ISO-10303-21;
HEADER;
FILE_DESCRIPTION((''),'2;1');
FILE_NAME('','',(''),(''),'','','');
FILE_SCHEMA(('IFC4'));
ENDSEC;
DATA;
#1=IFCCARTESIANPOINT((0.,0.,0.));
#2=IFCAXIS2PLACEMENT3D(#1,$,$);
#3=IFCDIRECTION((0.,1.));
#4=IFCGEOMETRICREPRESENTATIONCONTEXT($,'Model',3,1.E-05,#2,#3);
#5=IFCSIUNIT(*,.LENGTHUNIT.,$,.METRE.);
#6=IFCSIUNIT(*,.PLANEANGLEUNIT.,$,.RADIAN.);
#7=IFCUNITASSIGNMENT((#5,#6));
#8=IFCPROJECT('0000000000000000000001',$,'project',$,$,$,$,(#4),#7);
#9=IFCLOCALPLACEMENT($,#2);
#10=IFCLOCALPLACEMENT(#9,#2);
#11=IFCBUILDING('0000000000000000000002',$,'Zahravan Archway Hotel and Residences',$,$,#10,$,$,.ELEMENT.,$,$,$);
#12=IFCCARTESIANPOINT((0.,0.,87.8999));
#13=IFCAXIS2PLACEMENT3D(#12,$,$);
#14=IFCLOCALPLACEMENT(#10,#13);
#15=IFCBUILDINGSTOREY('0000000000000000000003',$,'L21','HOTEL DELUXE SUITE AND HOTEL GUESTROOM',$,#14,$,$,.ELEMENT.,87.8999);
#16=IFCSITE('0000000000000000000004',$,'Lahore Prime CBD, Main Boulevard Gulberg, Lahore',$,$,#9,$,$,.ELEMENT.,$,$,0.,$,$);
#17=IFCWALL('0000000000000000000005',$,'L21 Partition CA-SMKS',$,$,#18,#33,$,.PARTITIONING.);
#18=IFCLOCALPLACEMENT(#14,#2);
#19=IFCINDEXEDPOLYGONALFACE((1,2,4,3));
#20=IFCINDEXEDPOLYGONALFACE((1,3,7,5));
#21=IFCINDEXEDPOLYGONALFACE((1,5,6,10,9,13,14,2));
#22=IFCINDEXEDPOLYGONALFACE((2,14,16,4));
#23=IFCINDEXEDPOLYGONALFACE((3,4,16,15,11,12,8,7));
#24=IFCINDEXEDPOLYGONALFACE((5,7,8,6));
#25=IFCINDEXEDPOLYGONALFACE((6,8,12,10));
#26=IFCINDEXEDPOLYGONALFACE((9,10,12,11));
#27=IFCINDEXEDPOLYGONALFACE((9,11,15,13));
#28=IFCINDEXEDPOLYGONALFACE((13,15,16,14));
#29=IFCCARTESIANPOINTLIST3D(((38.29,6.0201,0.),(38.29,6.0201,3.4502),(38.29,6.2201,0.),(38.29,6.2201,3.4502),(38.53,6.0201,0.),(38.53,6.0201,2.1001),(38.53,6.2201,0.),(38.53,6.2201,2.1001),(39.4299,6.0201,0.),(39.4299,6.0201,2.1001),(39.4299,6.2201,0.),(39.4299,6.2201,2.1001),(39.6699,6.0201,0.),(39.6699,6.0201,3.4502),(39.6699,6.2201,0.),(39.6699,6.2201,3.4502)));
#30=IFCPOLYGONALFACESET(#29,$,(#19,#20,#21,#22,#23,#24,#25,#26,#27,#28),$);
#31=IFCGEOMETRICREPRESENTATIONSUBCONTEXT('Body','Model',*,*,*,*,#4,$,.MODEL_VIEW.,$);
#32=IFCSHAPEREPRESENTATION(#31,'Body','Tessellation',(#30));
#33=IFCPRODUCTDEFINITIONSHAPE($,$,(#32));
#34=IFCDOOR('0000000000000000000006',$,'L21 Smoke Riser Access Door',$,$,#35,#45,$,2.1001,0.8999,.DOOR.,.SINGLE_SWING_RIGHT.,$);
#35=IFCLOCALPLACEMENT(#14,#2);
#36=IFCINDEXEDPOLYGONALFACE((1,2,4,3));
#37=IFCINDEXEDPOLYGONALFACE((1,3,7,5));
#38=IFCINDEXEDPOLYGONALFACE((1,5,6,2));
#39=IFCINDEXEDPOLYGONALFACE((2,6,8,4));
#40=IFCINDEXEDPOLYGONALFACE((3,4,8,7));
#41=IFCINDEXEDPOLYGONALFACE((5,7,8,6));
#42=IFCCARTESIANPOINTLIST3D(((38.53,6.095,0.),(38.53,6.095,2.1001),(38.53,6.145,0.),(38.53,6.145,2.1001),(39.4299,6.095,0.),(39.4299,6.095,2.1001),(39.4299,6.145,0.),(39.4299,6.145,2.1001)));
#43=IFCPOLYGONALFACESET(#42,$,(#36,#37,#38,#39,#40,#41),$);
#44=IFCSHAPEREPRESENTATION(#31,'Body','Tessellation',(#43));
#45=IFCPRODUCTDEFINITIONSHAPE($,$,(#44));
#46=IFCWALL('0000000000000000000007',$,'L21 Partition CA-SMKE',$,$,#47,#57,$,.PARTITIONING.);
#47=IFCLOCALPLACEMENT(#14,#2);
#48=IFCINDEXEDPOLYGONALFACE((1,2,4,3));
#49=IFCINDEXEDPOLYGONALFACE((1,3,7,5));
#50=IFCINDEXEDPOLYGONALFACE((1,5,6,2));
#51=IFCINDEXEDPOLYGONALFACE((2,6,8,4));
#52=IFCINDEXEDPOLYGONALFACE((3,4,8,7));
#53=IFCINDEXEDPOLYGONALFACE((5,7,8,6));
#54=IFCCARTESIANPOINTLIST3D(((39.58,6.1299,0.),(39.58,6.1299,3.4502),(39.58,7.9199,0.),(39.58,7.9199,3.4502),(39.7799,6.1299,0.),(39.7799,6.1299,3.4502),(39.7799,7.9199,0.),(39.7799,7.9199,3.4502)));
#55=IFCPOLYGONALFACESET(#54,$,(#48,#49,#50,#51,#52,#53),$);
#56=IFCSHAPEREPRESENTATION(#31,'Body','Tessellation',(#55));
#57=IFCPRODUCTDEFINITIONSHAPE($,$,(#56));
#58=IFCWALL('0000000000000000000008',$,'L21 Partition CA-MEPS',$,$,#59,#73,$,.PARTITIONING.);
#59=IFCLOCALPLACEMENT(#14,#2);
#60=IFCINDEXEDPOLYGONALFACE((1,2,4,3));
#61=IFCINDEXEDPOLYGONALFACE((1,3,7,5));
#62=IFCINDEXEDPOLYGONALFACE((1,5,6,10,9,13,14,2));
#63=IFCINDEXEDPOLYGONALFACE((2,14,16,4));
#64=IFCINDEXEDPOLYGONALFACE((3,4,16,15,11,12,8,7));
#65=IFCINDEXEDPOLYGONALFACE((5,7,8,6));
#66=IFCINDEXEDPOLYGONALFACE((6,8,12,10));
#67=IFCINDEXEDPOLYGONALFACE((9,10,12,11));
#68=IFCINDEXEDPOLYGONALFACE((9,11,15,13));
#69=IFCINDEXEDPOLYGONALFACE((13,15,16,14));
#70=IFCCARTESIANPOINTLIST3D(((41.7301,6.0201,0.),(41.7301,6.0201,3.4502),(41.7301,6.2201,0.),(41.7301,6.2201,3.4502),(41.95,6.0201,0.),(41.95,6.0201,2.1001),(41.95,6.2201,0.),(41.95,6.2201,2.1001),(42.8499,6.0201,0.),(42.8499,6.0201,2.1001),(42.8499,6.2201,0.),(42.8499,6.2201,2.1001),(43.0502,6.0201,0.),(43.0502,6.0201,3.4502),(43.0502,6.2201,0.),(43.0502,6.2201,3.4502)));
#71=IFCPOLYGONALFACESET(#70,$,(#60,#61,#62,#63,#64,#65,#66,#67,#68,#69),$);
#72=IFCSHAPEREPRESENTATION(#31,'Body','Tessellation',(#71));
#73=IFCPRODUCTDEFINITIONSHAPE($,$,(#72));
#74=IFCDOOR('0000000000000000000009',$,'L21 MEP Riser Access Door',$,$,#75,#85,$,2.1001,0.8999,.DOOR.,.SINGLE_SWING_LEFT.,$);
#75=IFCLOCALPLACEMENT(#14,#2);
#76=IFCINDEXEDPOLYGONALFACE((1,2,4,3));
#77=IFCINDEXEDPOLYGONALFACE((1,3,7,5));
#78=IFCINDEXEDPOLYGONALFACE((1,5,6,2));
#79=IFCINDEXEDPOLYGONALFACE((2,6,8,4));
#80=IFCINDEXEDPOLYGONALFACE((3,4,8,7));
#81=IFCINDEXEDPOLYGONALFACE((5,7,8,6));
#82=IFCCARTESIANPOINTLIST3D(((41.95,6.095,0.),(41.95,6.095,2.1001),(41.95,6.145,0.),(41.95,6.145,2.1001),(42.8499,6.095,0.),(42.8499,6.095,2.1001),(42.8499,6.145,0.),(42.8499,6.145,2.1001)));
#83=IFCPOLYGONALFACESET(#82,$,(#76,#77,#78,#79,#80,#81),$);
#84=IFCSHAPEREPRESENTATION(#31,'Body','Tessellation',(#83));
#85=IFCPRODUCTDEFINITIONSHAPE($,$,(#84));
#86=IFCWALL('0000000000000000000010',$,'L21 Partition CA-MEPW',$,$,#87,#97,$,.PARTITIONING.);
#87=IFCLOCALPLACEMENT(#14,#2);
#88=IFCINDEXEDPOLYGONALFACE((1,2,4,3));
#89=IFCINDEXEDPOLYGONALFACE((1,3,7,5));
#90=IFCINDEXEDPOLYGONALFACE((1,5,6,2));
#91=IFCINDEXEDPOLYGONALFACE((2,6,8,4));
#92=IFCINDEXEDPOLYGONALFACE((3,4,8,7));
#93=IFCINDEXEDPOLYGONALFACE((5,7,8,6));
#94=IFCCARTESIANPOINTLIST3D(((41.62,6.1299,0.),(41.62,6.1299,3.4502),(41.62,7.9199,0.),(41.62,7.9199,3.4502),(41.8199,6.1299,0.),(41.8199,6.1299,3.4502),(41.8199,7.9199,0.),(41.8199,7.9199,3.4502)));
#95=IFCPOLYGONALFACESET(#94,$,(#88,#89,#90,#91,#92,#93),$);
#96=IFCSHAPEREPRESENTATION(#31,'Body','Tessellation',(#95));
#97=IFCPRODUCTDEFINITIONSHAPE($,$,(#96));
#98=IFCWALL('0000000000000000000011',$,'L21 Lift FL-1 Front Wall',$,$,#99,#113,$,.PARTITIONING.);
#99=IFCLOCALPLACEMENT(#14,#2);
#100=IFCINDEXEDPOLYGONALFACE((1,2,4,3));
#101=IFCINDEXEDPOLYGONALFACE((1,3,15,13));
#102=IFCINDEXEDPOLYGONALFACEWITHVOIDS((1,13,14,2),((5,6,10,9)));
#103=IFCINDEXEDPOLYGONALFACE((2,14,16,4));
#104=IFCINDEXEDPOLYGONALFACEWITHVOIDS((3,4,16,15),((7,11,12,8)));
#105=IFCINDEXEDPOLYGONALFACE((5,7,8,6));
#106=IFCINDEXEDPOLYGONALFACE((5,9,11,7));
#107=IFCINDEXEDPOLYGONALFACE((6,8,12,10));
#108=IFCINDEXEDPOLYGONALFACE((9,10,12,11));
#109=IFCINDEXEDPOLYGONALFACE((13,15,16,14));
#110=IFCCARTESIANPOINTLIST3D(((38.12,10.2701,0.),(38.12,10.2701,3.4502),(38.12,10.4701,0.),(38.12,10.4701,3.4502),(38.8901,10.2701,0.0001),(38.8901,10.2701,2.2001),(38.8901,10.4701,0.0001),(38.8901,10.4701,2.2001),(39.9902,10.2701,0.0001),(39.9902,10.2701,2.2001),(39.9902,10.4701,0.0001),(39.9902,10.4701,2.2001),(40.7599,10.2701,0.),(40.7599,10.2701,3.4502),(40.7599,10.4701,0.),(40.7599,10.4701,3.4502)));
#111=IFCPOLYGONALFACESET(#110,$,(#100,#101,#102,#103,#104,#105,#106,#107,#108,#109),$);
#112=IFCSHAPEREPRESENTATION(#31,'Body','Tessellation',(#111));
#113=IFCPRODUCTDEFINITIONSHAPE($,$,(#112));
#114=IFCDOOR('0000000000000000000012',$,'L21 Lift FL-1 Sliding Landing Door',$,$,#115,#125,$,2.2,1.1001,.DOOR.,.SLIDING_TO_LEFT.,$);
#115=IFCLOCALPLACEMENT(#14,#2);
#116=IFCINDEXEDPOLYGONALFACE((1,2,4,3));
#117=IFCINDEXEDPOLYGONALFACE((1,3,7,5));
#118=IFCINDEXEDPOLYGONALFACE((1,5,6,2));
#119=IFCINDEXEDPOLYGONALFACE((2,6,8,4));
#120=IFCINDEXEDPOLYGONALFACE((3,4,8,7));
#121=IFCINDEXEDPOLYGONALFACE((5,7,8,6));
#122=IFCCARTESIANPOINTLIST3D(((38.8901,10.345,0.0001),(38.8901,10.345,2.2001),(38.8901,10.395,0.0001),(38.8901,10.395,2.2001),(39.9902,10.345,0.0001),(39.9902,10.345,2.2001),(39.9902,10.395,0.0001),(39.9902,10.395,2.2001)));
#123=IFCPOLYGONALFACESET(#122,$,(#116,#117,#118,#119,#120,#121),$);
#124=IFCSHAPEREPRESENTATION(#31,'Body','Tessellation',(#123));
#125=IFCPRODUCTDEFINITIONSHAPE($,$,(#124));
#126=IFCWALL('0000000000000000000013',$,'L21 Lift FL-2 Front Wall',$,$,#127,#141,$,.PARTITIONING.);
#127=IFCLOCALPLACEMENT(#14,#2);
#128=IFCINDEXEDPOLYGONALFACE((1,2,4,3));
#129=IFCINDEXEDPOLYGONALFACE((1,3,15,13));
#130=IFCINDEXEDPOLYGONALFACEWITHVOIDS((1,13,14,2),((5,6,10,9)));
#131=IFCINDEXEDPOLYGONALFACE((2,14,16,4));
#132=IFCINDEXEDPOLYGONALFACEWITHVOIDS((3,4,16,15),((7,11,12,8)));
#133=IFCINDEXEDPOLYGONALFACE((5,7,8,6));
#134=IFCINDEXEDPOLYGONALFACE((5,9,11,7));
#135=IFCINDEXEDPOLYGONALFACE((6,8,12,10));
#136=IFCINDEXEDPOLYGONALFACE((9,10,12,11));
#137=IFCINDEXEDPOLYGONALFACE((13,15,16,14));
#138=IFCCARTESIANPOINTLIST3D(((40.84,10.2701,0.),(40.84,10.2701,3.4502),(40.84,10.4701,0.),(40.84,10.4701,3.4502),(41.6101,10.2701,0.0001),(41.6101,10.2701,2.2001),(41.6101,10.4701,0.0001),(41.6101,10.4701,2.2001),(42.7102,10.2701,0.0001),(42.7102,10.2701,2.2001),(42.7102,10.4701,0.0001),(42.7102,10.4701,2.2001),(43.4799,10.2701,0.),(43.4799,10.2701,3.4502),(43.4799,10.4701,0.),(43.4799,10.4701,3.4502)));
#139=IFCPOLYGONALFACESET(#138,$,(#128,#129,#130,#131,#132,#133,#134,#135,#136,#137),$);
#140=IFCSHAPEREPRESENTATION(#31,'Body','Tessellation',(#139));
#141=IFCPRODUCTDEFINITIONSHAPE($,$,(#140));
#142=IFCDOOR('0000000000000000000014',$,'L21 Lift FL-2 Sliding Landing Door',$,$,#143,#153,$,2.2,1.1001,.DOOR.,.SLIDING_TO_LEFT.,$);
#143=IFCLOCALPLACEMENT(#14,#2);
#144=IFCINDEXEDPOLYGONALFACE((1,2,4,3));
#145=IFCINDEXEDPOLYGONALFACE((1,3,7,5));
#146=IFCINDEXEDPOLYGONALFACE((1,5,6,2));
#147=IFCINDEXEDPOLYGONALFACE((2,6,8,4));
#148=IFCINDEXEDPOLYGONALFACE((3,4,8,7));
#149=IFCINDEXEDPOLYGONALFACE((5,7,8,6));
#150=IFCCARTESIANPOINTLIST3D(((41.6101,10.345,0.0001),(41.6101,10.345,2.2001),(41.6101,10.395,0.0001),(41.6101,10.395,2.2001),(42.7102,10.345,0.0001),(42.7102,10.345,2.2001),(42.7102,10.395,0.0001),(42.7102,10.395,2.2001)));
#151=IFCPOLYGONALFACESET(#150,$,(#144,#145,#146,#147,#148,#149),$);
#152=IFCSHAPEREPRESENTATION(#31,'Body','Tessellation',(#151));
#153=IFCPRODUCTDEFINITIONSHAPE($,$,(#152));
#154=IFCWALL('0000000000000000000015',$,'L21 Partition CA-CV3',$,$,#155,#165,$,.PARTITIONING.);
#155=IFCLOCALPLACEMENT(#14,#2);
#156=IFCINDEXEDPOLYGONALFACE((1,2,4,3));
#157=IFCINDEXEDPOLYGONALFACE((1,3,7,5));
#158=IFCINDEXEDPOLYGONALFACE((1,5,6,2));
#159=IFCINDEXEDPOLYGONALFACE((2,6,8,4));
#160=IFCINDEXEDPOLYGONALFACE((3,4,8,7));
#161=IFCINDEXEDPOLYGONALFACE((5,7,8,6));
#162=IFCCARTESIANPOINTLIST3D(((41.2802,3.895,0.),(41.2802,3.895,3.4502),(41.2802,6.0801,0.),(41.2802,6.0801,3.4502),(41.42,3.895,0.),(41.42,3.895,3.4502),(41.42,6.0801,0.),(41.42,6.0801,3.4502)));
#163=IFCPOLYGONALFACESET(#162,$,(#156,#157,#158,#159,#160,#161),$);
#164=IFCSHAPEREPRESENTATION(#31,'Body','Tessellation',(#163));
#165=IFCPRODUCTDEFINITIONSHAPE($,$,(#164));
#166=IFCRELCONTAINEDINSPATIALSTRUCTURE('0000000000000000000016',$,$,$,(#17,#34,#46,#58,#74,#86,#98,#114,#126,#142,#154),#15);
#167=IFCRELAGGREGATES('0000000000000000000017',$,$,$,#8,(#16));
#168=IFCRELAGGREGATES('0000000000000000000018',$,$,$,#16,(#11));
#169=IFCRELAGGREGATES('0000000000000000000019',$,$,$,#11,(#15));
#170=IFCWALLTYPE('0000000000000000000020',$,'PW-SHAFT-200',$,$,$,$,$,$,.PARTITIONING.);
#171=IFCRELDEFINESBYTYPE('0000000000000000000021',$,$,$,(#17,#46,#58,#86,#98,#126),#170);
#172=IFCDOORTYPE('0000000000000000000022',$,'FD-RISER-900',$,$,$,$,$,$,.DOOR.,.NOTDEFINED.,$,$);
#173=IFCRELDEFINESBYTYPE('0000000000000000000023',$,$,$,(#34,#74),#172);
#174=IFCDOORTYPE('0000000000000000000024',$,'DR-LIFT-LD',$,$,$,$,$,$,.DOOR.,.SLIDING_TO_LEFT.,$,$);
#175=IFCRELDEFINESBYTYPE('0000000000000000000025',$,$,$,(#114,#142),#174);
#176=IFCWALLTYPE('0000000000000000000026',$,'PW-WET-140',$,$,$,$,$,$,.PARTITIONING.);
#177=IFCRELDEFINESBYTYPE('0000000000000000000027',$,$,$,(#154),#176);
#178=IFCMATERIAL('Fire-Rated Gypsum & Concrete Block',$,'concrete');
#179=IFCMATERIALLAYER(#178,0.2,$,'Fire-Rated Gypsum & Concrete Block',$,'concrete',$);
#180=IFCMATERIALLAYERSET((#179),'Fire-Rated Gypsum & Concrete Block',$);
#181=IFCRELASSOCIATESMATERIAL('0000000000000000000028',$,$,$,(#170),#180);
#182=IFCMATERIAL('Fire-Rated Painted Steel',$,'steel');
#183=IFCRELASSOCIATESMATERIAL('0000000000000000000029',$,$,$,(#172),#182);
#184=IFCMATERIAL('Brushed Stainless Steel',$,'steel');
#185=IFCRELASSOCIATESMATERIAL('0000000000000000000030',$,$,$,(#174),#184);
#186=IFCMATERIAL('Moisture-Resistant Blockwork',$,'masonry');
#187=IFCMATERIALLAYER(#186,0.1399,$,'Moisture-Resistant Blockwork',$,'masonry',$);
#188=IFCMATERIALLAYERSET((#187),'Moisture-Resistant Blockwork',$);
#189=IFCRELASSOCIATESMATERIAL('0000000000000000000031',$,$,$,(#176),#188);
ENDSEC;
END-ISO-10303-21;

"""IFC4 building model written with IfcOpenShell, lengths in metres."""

from ifc_helpers import new_model, si_unit, direction, frame, frame_2d, origin, place, context, subcontext, project, spatial, rectangle, extrude, source, transform, mapped, material, layer, layer_set, type_object, type_shapes, element, fill, save


model = new_model("IFC4")

# Units and contexts
model_context = context("Model", 3, precision=1e-05, world=origin(), true_north=direction((0.0, 1.0)))
body_context = subcontext(model_context, "Body", "Model", "MODEL_VIEW")
ifc_project = project(units=[si_unit("LENGTHUNIT", "METRE"), si_unit("PLANEANGLEUNIT", "RADIAN")], contexts=[model_context])

# Site, building, storey
site_placement = place(None, origin())
site = spatial("IfcSite", under=ifc_project, at=site_placement, Name="Lahore Prime CBD, Main Boulevard Gulberg, Lahore", CompositionType="ELEMENT", RefElevation=0.0)
building_placement = place(site_placement, origin())
building = spatial("IfcBuilding", under=site, at=building_placement, Name="Zahravan Archway Hotel and Residences", CompositionType="ELEMENT")
storey_placement = place(building_placement, frame((0.0, 0.0, 87.8999)))
storey = spatial("IfcBuildingStorey", under=building, at=storey_placement, Name="L21", Description="HOTEL DELUXE SUITE AND HOTEL GUESTROOM", CompositionType="ELEMENT", Elevation=87.8999)

# Shared definitions
ifc_material_1 = material(Name="Fire-Rated Gypsum & Concrete Block", Category="concrete")
ifc_layer_1 = layer(ifc_material_1, 0.2, Name="Fire-Rated Gypsum & Concrete Block", Category="concrete")
ifc_layer_set_1 = layer_set([ifc_layer_1], Name="Fire-Rated Gypsum & Concrete Block")
wall_type_1 = type_object("IfcWallType", Name="PW-SHAFT-200", PredefinedType="PARTITIONING", material=ifc_layer_set_1)

# Wall, opening, door
wall_1_placement = place(storey_placement, frame((38.29, 6.1201, 0.0), z_axis=(0.0, 0.0, 1.0), x_axis=(1.0, 0.0, 0.0)))
wall_1 = element("IfcWall", 1, at=wall_1_placement, inside=storey, type_object=wall_type_1, Name="L21 Partition CA-SMKS", PredefinedType="PARTITIONING", context=body_context, shape_type="SweptSolid", body=[
    extrude(rectangle(XDim=1.3799, YDim=0.2, at=frame_2d((0.6899, 0.0))), origin(), (0.0, 0.0, 1.0), 3.4502),
])
opening_1_placement = place(wall_1_placement, frame((0.24, 0.0, 0.0)))
opening_1 = element("IfcOpeningElement", 2, at=opening_1_placement, cuts=wall_1, PredefinedType="OPENING", context=body_context, shape_type="SweptSolid", body=[
    extrude(rectangle(XDim=0.8999, YDim=2.1001, at=frame_2d((0.45, 1.05))), frame((0.0, 0.1099, 0.0), z_axis=(0.0, -1.0, 0.0), x_axis=(1.0, 0.0, 0.0)), (0.0, 0.0, 1.0), 0.22),
])
ifc_material_2 = material(Name="Fire-Rated Painted Steel", Category="steel")
door_type_1 = type_object("IfcDoorType", Name="FD-RISER-900", OperationType="NOTDEFINED", PredefinedType="DOOR", material=ifc_material_2)
shared_shape_1 = source(origin(), body_context, "Body", "SweptSolid", [
    extrude(rectangle(XDim=0.8999, YDim=2.1001, at=frame_2d((0.45, 1.05))), frame((0.0, 0.0249, 0.0), z_axis=(0.0, -1.0, 0.0), x_axis=(1.0, 0.0, 0.0)), (0.0, 0.0, 1.0), 0.05),
])
type_shapes(door_type_1, [shared_shape_1])
door_1_placement = place(opening_1_placement, origin())
door_1 = element("IfcDoor", 3, at=door_1_placement, inside=storey, type_object=door_type_1, Name="L21 Smoke Riser Access Door", OperationType="SINGLE_SWING_RIGHT", OverallHeight=2.1001, OverallWidth=0.8999, PredefinedType="DOOR", context=body_context, shape_type="MappedRepresentation", body=[
    mapped(shared_shape_1, transform((0.0, 0.0, 0.0), scale=1.0)),
])
fill(opening_1, door_1)

# Wall
wall_2_placement = place(storey_placement, frame((39.6799, 6.1299, 0.0), z_axis=(0.0, 0.0, 1.0), x_axis=(0.0, 1.0, 0.0)))
element("IfcWall", 4, at=wall_2_placement, inside=storey, type_object=wall_type_1, Name="L21 Partition CA-SMKE", PredefinedType="PARTITIONING", context=body_context, shape_type="SweptSolid", body=[
    extrude(rectangle(XDim=1.79, YDim=0.2, at=frame_2d((0.895, 0.0))), origin(), (0.0, 0.0, 1.0), 3.4502),
])

# Wall, opening, door
wall_3_placement = place(storey_placement, frame((41.73, 6.1201, 0.0), z_axis=(0.0, 0.0, 1.0), x_axis=(1.0, 0.0, 0.0)))
wall_3 = element("IfcWall", 5, at=wall_3_placement, inside=storey, type_object=wall_type_1, Name="L21 Partition CA-MEPS", PredefinedType="PARTITIONING", context=body_context, shape_type="SweptSolid", body=[
    extrude(rectangle(XDim=1.3201, YDim=0.2, at=frame_2d((0.6602, 0.0))), origin(), (0.0, 0.0, 1.0), 3.4502),
])
opening_2_placement = place(wall_3_placement, frame((0.22, 0.0, 0.0)))
opening_2 = element("IfcOpeningElement", 6, at=opening_2_placement, cuts=wall_3, PredefinedType="OPENING", context=body_context, shape_type="SweptSolid", body=[
    extrude(rectangle(XDim=0.8999, YDim=2.1001, at=frame_2d((0.45, 1.05))), frame((0.0, 0.1099, 0.0), z_axis=(0.0, -1.0, 0.0), x_axis=(1.0, 0.0, 0.0)), (0.0, 0.0, 1.0), 0.22),
])
door_2_placement = place(opening_2_placement, origin())
door_2 = element("IfcDoor", 7, at=door_2_placement, inside=storey, type_object=door_type_1, Name="L21 MEP Riser Access Door", OperationType="SINGLE_SWING_LEFT", OverallHeight=2.1001, OverallWidth=0.8999, PredefinedType="DOOR", context=body_context, shape_type="MappedRepresentation", body=[
    mapped(shared_shape_1, transform((0.0, 0.0, 0.0), scale=1.0)),
])
fill(opening_2, door_2)

# Wall
wall_4_placement = place(storey_placement, frame((41.72, 6.1299, 0.0), z_axis=(0.0, 0.0, 1.0), x_axis=(0.0, 1.0, 0.0)))
element("IfcWall", 8, at=wall_4_placement, inside=storey, type_object=wall_type_1, Name="L21 Partition CA-MEPW", PredefinedType="PARTITIONING", context=body_context, shape_type="SweptSolid", body=[
    extrude(rectangle(XDim=1.79, YDim=0.2, at=frame_2d((0.895, 0.0))), origin(), (0.0, 0.0, 1.0), 3.4502),
])

# Walls, openings, doors
wall_5_placement = place(storey_placement, frame((38.1201, 10.3701, 0.0), z_axis=(0.0, 0.0, 1.0), x_axis=(1.0, 0.0, 0.0)))
wall_5 = element("IfcWall", 9, at=wall_5_placement, inside=storey, type_object=wall_type_1, Name="L21 Lift FL-1 Front Wall", PredefinedType="PARTITIONING", context=body_context, shape_type="SweptSolid", body=[
    extrude(rectangle(XDim=2.6399, YDim=0.2, at=frame_2d((1.3198, 0.0))), origin(), (0.0, 0.0, 1.0), 3.4502),
])
opening_3_placement = place(wall_5_placement, frame((0.77, 0.0, 0.0)))
opening_3 = element("IfcOpeningElement", 10, at=opening_3_placement, cuts=wall_5, PredefinedType="OPENING", context=body_context, shape_type="SweptSolid", body=[
    extrude(rectangle(XDim=1.1001, YDim=2.2, at=frame_2d((0.55, 1.1001))), frame((0.0, 0.1099, 0.0), z_axis=(0.0, -1.0, 0.0), x_axis=(1.0, 0.0, 0.0)), (0.0, 0.0, 1.0), 0.22),
])
ifc_material_3 = material(Name="Brushed Stainless Steel", Category="steel")
door_type_2 = type_object("IfcDoorType", Name="DR-LIFT-LD", OperationType="SLIDING_TO_LEFT", PredefinedType="DOOR", material=ifc_material_3)
shared_shape_2 = source(origin(), body_context, "Body", "SweptSolid", [
    extrude(rectangle(XDim=1.1001, YDim=2.2, at=frame_2d((0.55, 1.1001))), frame((0.0, 0.0249, 0.0), z_axis=(0.0, -1.0, 0.0), x_axis=(1.0, 0.0, 0.0)), (0.0, 0.0, 1.0), 0.05),
])
type_shapes(door_type_2, [shared_shape_2])
door_3_placement = place(opening_3_placement, origin())
door_3 = element("IfcDoor", 11, at=door_3_placement, inside=storey, type_object=door_type_2, Name="L21 Lift FL-1 Sliding Landing Door", OperationType="SLIDING_TO_LEFT", OverallHeight=2.2, OverallWidth=1.1001, PredefinedType="DOOR", context=body_context, shape_type="MappedRepresentation", body=[
    mapped(shared_shape_2, transform((0.0, 0.0, 0.0), scale=1.0)),
])
fill(opening_3, door_3)
wall_6_placement = place(storey_placement, frame((40.8401, 10.3701, 0.0), z_axis=(0.0, 0.0, 1.0), x_axis=(1.0, 0.0, 0.0)))
wall_6 = element("IfcWall", 12, at=wall_6_placement, inside=storey, type_object=wall_type_1, Name="L21 Lift FL-2 Front Wall", PredefinedType="PARTITIONING", context=body_context, shape_type="SweptSolid", body=[
    extrude(rectangle(XDim=2.6399, YDim=0.2, at=frame_2d((1.3198, 0.0))), origin(), (0.0, 0.0, 1.0), 3.4502),
])
opening_4_placement = place(wall_6_placement, frame((0.77, 0.0, 0.0)))
opening_4 = element("IfcOpeningElement", 13, at=opening_4_placement, cuts=wall_6, PredefinedType="OPENING", context=body_context, shape_type="SweptSolid", body=[
    extrude(rectangle(XDim=1.1001, YDim=2.2, at=frame_2d((0.55, 1.1001))), frame((0.0, 0.1099, 0.0), z_axis=(0.0, -1.0, 0.0), x_axis=(1.0, 0.0, 0.0)), (0.0, 0.0, 1.0), 0.22),
])
door_4_placement = place(opening_4_placement, origin())
door_4 = element("IfcDoor", 14, at=door_4_placement, inside=storey, type_object=door_type_2, Name="L21 Lift FL-2 Sliding Landing Door", OperationType="SLIDING_TO_LEFT", OverallHeight=2.2, OverallWidth=1.1001, PredefinedType="DOOR", context=body_context, shape_type="MappedRepresentation", body=[
    mapped(shared_shape_2, transform((0.0, 0.0, 0.0), scale=1.0)),
])
fill(opening_4, door_4)

# Wall
ifc_material_4 = material(Name="Moisture-Resistant Blockwork", Category="masonry")
ifc_layer_2 = layer(ifc_material_4, 0.1399, Name="Moisture-Resistant Blockwork", Category="masonry")
ifc_layer_set_2 = layer_set([ifc_layer_2], Name="Moisture-Resistant Blockwork")
wall_type_2 = type_object("IfcWallType", Name="PW-WET-140", PredefinedType="PARTITIONING", material=ifc_layer_set_2)
wall_7_placement = place(storey_placement, frame((41.3501, 3.895, 0.0), z_axis=(0.0, 0.0, 1.0), x_axis=(0.0, 1.0, 0.0)))
element("IfcWall", 15, at=wall_7_placement, inside=storey, type_object=wall_type_2, Name="L21 Partition CA-CV3", PredefinedType="PARTITIONING", context=body_context, shape_type="SweptSolid", body=[
    extrude(rectangle(XDim=2.1851, YDim=0.1399, at=frame_2d((1.0925, 0.0))), origin(), (0.0, 0.0, 1.0), 3.4502),
])

save(model, "model.ifc")
